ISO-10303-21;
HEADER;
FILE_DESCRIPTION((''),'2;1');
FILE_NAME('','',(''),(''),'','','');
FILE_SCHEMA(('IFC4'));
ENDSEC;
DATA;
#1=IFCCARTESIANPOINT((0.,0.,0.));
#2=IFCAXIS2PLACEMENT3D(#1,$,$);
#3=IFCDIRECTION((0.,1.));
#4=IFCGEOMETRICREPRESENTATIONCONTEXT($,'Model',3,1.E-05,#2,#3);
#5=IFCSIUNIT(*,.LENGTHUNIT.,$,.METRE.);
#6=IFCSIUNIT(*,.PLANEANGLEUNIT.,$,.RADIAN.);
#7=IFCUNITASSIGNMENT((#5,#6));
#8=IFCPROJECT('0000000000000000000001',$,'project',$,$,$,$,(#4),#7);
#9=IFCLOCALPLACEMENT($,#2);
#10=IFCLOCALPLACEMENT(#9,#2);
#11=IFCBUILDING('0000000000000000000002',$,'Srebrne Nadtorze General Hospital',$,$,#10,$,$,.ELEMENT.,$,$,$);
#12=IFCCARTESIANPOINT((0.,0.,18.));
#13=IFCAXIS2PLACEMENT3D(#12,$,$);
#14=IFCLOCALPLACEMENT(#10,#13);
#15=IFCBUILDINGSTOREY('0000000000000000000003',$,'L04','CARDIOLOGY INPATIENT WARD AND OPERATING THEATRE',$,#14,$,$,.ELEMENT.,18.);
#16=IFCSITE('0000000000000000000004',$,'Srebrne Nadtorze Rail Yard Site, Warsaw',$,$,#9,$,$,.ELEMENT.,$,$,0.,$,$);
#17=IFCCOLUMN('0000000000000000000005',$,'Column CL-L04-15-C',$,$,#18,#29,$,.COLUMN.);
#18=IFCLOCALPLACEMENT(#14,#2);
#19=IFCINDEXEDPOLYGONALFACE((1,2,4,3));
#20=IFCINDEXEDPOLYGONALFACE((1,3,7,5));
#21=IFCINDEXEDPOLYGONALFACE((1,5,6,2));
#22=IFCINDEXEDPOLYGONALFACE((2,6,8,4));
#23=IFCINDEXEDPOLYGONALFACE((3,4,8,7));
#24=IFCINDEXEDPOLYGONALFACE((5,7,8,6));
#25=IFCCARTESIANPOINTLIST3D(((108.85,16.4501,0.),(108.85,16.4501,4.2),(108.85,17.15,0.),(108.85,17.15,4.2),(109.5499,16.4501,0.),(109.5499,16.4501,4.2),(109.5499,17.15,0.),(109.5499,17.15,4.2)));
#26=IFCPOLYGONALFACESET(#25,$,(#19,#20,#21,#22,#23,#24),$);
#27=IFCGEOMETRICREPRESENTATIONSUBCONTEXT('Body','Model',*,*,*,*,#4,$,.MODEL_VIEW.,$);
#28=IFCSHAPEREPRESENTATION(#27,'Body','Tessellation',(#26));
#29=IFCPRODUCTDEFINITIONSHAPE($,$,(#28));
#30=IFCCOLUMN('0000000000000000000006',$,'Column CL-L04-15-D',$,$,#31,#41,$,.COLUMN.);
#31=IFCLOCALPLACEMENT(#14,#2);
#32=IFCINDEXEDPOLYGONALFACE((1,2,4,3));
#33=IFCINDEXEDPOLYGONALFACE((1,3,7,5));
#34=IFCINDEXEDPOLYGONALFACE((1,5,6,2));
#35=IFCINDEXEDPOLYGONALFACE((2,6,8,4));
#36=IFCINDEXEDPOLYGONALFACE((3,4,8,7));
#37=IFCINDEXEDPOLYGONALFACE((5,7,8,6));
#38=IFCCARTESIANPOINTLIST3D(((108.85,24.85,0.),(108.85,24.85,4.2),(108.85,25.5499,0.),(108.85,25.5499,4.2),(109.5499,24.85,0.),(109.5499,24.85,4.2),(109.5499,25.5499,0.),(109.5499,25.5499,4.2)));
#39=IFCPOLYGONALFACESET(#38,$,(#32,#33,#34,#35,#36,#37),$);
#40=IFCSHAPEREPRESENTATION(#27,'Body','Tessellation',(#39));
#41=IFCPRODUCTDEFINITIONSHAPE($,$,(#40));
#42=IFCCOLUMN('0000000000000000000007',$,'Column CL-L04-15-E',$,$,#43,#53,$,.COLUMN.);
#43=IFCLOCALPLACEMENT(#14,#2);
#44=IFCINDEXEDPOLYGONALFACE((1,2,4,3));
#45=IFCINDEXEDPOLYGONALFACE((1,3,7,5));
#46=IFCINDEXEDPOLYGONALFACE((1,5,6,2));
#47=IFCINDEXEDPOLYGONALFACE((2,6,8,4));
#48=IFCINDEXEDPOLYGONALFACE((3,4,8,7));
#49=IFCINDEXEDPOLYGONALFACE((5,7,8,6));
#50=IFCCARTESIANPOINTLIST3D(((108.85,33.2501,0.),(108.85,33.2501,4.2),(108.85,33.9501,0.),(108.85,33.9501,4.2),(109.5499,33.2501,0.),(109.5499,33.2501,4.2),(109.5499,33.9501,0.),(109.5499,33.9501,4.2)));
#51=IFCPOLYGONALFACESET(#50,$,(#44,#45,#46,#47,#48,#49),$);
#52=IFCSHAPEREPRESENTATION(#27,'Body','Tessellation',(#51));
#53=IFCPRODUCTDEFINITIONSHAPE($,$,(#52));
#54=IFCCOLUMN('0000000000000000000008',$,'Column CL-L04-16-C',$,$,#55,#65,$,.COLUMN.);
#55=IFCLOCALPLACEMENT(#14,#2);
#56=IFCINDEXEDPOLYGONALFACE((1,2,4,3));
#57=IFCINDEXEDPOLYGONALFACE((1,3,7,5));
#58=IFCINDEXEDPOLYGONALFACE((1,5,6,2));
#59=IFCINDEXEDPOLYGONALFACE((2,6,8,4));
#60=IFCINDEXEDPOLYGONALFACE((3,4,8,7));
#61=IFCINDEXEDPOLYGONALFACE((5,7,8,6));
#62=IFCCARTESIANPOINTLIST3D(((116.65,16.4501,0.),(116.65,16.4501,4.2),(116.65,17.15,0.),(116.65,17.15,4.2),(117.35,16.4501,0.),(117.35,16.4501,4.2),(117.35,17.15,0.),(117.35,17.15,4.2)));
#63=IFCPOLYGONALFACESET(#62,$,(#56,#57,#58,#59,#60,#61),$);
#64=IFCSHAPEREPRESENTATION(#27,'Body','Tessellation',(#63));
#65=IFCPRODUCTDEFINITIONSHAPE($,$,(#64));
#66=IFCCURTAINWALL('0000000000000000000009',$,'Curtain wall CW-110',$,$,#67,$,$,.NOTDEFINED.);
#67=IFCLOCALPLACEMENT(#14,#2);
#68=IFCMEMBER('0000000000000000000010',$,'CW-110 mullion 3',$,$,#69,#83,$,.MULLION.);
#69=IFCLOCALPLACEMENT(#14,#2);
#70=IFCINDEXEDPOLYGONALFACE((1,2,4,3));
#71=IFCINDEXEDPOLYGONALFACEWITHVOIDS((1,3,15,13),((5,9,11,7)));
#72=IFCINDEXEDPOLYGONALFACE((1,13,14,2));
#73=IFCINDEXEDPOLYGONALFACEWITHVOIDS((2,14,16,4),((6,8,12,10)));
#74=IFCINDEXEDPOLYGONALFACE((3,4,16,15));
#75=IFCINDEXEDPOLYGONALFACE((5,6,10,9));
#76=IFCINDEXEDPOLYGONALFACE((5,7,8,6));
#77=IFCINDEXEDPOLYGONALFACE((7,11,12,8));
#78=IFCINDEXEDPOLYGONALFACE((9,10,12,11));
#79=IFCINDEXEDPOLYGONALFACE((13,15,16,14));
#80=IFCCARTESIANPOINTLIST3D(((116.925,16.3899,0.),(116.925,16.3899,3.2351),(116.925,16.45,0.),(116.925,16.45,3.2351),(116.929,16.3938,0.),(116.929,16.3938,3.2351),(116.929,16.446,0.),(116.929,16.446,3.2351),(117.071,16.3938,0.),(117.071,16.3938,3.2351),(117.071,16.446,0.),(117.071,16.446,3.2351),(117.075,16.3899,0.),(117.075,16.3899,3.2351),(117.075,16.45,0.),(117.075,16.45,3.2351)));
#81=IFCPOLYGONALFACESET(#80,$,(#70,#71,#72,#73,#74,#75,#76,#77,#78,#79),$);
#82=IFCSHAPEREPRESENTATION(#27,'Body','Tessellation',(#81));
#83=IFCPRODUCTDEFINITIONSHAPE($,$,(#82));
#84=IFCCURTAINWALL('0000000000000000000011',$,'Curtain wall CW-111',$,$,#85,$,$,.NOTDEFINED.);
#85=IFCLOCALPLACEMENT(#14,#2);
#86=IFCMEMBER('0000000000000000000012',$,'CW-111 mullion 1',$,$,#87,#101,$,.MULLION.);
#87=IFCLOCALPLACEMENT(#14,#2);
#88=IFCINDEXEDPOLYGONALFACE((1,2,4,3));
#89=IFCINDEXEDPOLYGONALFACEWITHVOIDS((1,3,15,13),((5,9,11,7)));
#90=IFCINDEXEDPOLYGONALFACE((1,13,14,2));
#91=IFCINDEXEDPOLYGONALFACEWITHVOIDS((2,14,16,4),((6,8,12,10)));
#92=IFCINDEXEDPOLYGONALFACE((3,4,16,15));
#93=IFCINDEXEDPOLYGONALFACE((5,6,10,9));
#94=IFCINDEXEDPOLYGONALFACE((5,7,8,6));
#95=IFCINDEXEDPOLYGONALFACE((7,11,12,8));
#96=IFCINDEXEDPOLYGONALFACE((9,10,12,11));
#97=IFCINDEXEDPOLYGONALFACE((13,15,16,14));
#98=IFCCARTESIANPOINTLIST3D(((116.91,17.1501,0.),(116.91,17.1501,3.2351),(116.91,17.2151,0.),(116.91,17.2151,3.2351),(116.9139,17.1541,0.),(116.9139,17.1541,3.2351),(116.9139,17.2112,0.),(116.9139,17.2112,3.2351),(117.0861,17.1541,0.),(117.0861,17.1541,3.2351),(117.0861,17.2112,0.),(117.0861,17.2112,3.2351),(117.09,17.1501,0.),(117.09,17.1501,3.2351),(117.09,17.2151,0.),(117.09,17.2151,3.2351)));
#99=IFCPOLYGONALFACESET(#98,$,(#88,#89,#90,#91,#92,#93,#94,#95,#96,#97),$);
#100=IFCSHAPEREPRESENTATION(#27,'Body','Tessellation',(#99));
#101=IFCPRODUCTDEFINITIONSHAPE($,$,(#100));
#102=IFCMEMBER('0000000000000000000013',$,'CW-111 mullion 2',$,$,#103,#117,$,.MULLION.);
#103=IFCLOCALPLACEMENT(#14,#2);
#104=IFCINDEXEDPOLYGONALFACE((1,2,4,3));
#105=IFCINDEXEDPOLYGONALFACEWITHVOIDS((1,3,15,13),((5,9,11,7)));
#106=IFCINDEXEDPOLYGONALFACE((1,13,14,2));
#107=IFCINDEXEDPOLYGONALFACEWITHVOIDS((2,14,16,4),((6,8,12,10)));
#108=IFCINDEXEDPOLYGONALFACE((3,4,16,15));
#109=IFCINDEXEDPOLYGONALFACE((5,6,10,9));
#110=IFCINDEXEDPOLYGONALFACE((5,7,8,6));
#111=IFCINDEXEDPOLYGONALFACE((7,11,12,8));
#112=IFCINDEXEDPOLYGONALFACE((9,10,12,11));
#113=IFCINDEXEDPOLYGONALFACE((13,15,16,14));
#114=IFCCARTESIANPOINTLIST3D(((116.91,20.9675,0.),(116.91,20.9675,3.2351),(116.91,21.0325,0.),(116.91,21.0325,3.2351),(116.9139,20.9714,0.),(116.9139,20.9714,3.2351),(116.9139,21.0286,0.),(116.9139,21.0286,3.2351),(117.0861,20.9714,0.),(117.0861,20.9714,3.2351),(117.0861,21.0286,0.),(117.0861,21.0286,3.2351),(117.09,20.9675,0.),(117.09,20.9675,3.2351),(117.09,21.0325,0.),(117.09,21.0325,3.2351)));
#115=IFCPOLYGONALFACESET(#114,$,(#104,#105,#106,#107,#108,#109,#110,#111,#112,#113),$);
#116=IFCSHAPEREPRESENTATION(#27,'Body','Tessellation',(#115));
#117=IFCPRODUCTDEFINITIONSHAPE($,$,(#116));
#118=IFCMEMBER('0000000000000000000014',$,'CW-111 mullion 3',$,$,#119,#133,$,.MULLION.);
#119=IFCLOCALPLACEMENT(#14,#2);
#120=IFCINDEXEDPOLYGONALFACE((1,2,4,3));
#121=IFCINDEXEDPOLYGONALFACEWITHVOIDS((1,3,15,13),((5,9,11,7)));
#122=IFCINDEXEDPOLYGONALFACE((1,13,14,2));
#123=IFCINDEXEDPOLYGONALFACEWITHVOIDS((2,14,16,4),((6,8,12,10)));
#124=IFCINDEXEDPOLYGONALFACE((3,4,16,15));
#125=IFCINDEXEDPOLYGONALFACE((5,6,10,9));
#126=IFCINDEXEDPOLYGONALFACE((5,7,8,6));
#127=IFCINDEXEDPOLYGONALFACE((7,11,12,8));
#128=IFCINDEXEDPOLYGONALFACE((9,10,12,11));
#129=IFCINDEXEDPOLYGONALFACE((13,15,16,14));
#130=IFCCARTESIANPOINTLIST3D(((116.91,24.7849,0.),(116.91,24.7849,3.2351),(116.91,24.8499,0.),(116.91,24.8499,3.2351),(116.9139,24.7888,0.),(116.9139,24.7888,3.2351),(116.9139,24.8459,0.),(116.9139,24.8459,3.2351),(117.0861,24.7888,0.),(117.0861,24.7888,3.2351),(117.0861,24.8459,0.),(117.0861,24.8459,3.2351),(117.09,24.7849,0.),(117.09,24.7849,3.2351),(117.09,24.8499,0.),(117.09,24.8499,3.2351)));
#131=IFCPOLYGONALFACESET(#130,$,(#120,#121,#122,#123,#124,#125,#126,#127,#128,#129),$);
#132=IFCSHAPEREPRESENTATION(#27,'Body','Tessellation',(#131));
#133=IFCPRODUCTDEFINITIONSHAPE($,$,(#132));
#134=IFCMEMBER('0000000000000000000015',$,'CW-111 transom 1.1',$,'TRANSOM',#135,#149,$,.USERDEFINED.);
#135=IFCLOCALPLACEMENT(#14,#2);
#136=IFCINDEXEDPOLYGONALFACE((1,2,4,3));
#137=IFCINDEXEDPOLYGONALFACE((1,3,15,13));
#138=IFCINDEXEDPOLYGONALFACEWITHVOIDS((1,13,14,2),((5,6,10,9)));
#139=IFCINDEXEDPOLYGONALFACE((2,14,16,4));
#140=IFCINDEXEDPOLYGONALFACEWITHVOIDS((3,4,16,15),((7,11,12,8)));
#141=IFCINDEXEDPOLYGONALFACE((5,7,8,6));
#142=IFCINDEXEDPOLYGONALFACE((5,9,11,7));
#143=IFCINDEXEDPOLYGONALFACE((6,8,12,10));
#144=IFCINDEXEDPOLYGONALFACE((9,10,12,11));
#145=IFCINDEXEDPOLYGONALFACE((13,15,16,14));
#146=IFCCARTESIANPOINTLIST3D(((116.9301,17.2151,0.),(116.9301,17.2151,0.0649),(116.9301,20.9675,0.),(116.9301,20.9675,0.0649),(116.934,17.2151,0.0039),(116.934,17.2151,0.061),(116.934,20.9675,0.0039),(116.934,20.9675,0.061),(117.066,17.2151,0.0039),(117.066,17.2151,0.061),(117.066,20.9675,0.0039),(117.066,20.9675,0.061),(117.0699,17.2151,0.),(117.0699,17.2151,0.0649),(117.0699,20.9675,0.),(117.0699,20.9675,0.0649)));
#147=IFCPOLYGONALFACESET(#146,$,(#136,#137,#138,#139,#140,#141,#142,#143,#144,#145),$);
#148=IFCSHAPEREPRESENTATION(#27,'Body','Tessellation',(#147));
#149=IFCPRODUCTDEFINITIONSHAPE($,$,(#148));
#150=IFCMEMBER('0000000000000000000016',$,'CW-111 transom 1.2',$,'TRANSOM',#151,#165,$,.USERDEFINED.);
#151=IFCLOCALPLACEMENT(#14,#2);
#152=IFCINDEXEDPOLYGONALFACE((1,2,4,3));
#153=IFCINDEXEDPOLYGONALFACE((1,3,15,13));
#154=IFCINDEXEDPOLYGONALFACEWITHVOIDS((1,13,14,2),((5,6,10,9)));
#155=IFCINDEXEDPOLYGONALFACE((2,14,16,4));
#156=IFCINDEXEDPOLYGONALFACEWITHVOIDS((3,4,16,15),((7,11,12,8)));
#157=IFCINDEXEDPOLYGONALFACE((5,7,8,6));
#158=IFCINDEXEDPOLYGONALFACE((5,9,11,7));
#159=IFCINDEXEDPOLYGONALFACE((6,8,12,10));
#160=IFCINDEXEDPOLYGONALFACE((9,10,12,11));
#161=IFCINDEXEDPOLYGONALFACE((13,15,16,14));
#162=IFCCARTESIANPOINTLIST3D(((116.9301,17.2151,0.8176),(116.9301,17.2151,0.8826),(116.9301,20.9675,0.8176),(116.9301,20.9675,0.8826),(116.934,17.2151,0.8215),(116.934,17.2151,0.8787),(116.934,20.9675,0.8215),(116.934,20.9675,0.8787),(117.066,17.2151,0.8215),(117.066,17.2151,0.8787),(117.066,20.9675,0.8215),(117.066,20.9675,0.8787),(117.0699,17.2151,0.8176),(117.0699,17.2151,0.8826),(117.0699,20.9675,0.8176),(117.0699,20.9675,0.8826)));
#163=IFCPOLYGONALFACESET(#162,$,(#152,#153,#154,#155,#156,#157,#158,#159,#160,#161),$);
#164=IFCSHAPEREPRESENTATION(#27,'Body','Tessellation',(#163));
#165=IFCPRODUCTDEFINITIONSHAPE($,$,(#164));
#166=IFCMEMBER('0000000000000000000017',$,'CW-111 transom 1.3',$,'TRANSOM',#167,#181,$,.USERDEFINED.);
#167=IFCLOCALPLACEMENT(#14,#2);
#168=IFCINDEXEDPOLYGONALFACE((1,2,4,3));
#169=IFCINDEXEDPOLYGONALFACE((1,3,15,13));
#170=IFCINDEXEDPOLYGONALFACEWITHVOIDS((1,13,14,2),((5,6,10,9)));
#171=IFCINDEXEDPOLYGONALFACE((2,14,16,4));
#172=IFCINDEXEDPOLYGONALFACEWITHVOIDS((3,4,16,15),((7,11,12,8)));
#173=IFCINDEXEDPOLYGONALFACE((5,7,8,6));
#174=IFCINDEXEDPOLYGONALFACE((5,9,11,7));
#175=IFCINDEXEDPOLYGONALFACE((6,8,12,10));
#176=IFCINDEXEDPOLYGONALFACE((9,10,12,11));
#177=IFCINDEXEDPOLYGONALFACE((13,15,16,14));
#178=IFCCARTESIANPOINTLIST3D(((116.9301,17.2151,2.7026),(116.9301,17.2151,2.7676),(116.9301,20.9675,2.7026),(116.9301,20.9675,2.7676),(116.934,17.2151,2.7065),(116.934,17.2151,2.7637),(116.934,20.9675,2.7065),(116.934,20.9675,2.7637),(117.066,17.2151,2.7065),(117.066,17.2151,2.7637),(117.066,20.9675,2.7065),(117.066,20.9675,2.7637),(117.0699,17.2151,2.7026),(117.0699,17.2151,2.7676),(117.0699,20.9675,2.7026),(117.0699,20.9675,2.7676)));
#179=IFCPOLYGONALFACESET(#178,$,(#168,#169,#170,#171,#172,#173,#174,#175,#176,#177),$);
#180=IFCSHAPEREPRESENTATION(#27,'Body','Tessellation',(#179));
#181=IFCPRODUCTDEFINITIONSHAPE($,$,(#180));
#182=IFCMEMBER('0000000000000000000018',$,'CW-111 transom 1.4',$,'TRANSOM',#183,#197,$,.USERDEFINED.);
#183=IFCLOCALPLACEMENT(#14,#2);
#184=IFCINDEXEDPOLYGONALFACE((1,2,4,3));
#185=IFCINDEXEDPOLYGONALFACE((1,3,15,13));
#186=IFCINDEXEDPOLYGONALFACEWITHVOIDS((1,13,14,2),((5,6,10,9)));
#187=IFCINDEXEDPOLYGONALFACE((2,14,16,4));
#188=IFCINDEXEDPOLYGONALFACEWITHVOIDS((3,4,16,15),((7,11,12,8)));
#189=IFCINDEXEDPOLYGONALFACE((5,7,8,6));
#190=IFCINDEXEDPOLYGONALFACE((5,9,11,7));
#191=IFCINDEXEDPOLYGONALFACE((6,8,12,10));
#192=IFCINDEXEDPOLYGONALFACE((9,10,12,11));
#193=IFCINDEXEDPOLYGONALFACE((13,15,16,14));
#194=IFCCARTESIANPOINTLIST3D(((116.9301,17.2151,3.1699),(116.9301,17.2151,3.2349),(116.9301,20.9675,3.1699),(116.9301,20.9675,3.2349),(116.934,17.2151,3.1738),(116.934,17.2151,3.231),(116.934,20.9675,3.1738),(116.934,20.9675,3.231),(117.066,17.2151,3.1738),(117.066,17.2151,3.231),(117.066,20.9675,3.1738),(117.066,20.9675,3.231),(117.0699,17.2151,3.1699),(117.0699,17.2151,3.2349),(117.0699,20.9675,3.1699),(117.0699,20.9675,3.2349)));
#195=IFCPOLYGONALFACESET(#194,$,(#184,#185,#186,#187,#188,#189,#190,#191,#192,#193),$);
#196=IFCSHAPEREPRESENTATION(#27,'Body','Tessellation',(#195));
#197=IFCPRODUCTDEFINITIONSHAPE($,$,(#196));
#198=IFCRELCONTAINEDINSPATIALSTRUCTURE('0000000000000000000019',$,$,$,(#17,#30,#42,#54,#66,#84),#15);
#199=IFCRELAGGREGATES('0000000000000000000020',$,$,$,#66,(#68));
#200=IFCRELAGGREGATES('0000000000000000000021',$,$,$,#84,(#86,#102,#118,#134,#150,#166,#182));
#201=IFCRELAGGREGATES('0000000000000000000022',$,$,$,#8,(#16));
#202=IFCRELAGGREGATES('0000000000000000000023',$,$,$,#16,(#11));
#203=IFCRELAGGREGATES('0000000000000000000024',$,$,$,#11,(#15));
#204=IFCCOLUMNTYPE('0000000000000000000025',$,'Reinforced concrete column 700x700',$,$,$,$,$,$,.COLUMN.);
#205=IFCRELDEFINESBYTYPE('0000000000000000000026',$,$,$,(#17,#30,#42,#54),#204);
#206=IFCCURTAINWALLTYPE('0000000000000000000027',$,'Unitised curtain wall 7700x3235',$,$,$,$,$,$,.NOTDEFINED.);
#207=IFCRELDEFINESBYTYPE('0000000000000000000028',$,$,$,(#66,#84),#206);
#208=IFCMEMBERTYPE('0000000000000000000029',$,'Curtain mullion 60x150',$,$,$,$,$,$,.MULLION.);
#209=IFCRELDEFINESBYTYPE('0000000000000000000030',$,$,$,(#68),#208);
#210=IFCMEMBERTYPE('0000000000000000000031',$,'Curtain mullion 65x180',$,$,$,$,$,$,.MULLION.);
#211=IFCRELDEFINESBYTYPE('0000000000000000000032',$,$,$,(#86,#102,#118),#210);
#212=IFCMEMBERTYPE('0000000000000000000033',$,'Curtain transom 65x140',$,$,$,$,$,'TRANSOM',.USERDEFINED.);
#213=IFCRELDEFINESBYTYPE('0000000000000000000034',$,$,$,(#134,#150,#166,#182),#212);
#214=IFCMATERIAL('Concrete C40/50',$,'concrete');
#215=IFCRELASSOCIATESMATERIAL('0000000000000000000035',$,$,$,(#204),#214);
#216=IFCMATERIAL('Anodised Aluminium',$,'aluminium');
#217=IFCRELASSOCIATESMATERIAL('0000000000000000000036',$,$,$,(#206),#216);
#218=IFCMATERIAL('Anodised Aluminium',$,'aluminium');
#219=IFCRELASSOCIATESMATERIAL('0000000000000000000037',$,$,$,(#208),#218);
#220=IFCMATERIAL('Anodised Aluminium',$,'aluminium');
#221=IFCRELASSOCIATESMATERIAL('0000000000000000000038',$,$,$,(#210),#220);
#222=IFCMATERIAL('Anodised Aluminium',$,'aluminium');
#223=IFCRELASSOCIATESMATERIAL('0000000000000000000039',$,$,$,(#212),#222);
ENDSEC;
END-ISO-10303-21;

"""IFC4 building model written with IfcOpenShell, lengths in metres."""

from ifc_helpers import new_model, si_unit, direction, frame, origin, origin_2d, place, context, subcontext, project, spatial, rectangle, hollow_rectangle, extrude, material, material_profile, profile_set, type_object, element, aggregate, save


model = new_model("IFC4")

# Units and contexts
model_context = context("Model", 3, precision=1e-05, world=origin(), true_north=direction((0.0, 1.0)))
body_context = subcontext(model_context, "Body", "Model", "MODEL_VIEW")
ifc_project = project(units=[si_unit("LENGTHUNIT", "METRE"), si_unit("PLANEANGLEUNIT", "RADIAN")], contexts=[model_context])

# Site, building, storey
site_placement = place(None, origin())
site = spatial("IfcSite", under=ifc_project, at=site_placement, Name="Srebrne Nadtorze Rail Yard Site, Warsaw", CompositionType="ELEMENT", RefElevation=0.0)
building_placement = place(site_placement, origin())
building = spatial("IfcBuilding", under=site, at=building_placement, Name="Srebrne Nadtorze General Hospital", CompositionType="ELEMENT")
storey_placement = place(building_placement, frame((0.0, 0.0, 18.0)))
storey = spatial("IfcBuildingStorey", under=building, at=storey_placement, Name="L04", Description="CARDIOLOGY INPATIENT WARD AND OPERATING THEATRE", CompositionType="ELEMENT", Elevation=18.0)

# Columns
ifc_material_1 = material(Name="Concrete C40/50", Category="concrete")
ifc_material_profile_1 = material_profile(ifc_material_1, rectangle(XDim=0.7, YDim=0.7, at=origin_2d()), Name="RC-COL-700x700")
ifc_profile_set_1 = profile_set([ifc_material_profile_1], Name="Concrete C40/50")
column_type = type_object("IfcColumnType", Name="Reinforced concrete column 700x700", PredefinedType="COLUMN", material=ifc_profile_set_1)
for number, where, z_axis, x_axis, name in (
    (1, (109.2, 16.8, 0.0), (0.0, 0.0, 1.0), (1.0, 0.0, 0.0), "Column CL-L04-15-C"),
    (2, (109.2, 25.2, 0.0), (0.0, 0.0, 1.0), (1.0, 0.0, 0.0), "Column CL-L04-15-D"),
    (3, (109.2, 33.6001, 0.0), (0.0, 0.0, 1.0), (1.0, 0.0, 0.0), "Column CL-L04-15-E"),
    (4, (117.0, 16.8, 0.0), (0.0, 0.0, 1.0), (1.0, 0.0, 0.0), "Column CL-L04-16-C"),
):
    element("IfcColumn", number, at=place(storey_placement, frame(where, z_axis=z_axis, x_axis=x_axis)), inside=storey, type_object=column_type, Name=name, PredefinedType="COLUMN", context=body_context, shape_type="SweptSolid", body=[
        extrude(rectangle(XDim=0.7, YDim=0.7, at=origin_2d()), origin(), (0.0, 0.0, 1.0), 4.2),
    ])

# Curtain wall, member
ifc_material_2 = material(Name="Anodised Aluminium", Category="aluminium")
curtain_wall_type = type_object("IfcCurtainWallType", Name="Unitised curtain wall 7700x3235", PredefinedType="NOTDEFINED", material=ifc_material_2)
curtain_wall_1_placement = place(storey_placement, origin())
curtain_wall_1 = element("IfcCurtainWall", 5, at=curtain_wall_1_placement, inside=storey, type_object=curtain_wall_type, Name="Curtain wall CW-110", PredefinedType="NOTDEFINED")
ifc_material_3 = material(Name="Anodised Aluminium", Category="aluminium")
ifc_material_profile_2 = material_profile(ifc_material_3, hollow_rectangle(XDim=0.0601, YDim=0.1499, WallThickness=0.0039, at=origin_2d()), Name="AL-MUL-60x150")
ifc_profile_set_2 = profile_set([ifc_material_profile_2], Name="Anodised Aluminium")
member_type_1 = type_object("IfcMemberType", Name="Curtain mullion 60x150", PredefinedType="MULLION", material=ifc_profile_set_2)
member_1_placement = place(storey_placement, frame((117.0, 16.4199, 0.0), z_axis=(0.0, 0.0, 1.0), x_axis=(0.0, 1.0, 0.0)))
member_1 = element("IfcMember", 6, at=member_1_placement, type_object=member_type_1, Name="CW-110 mullion 3", PredefinedType="MULLION", context=body_context, shape_type="SweptSolid", body=[
    extrude(hollow_rectangle(XDim=0.0601, YDim=0.1499, WallThickness=0.0039, at=origin_2d()), origin(), (0.0, 0.0, 1.0), 3.2351),
])

# Curtain wall, members
curtain_wall_2_placement = place(storey_placement, origin())
curtain_wall_2 = element("IfcCurtainWall", 7, at=curtain_wall_2_placement, inside=storey, type_object=curtain_wall_type, Name="Curtain wall CW-111", PredefinedType="NOTDEFINED")
ifc_material_4 = material(Name="Anodised Aluminium", Category="aluminium")
ifc_material_profile_3 = material_profile(ifc_material_4, hollow_rectangle(XDim=0.0649, YDim=0.1799, WallThickness=0.0039, at=origin_2d()), Name="AL-MUL-65x180")
ifc_profile_set_3 = profile_set([ifc_material_profile_3], Name="Anodised Aluminium")
member_type_2 = type_object("IfcMemberType", Name="Curtain mullion 65x180", PredefinedType="MULLION", material=ifc_profile_set_3)
member_2_placement = place(storey_placement, frame((117.0, 17.1826, 0.0), z_axis=(0.0, 0.0, 1.0), x_axis=(0.0, 1.0, 0.0)))
member_2 = element("IfcMember", 8, at=member_2_placement, type_object=member_type_2, Name="CW-111 mullion 1", PredefinedType="MULLION", context=body_context, shape_type="SweptSolid", body=[
    extrude(hollow_rectangle(XDim=0.0649, YDim=0.1799, WallThickness=0.0039, at=origin_2d()), origin(), (0.0, 0.0, 1.0), 3.2351),
])
member_3_placement = place(storey_placement, frame((117.0, 21.0, 0.0), z_axis=(0.0, 0.0, 1.0), x_axis=(0.0, 1.0, 0.0)))
member_3 = element("IfcMember", 9, at=member_3_placement, type_object=member_type_2, Name="CW-111 mullion 2", PredefinedType="MULLION", context=body_context, shape_type="SweptSolid", body=[
    extrude(hollow_rectangle(XDim=0.0649, YDim=0.1799, WallThickness=0.0039, at=origin_2d()), origin(), (0.0, 0.0, 1.0), 3.2351),
])
member_4_placement = place(storey_placement, frame((117.0, 24.8174, 0.0), z_axis=(0.0, 0.0, 1.0), x_axis=(0.0, 1.0, 0.0)))
member_4 = element("IfcMember", 10, at=member_4_placement, type_object=member_type_2, Name="CW-111 mullion 3", PredefinedType="MULLION", context=body_context, shape_type="SweptSolid", body=[
    extrude(hollow_rectangle(XDim=0.0649, YDim=0.1799, WallThickness=0.0039, at=origin_2d()), origin(), (0.0, 0.0, 1.0), 3.2351),
])
ifc_material_5 = material(Name="Anodised Aluminium", Category="aluminium")
ifc_material_profile_4 = material_profile(ifc_material_5, hollow_rectangle(XDim=0.0649, YDim=0.1399, WallThickness=0.0039, at=origin_2d()), Name="AL-TRN-65x140")
ifc_profile_set_4 = profile_set([ifc_material_profile_4], Name="Anodised Aluminium")
member_type_3 = type_object("IfcMemberType", Name="Curtain transom 65x140", ElementType="TRANSOM", PredefinedType="USERDEFINED", material=ifc_profile_set_4)
member_5_placement = place(storey_placement, frame((117.0, 17.2151, 0.0325), z_axis=(0.0, 1.0, 0.0), x_axis=(0.0, 0.0, 1.0)))
member_5 = element("IfcMember", 11, at=member_5_placement, type_object=member_type_3, Name="CW-111 transom 1.1", ObjectType="TRANSOM", PredefinedType="USERDEFINED", context=body_context, shape_type="SweptSolid", body=[
    extrude(hollow_rectangle(XDim=0.0649, YDim=0.1399, WallThickness=0.0039, at=origin_2d()), origin(), (0.0, 0.0, 1.0), 3.7524),
])
member_6_placement = place(storey_placement, frame((117.0, 17.2151, 0.8501), z_axis=(0.0, 1.0, 0.0), x_axis=(0.0, 0.0, 1.0)))
member_6 = element("IfcMember", 12, at=member_6_placement, type_object=member_type_3, Name="CW-111 transom 1.2", ObjectType="TRANSOM", PredefinedType="USERDEFINED", context=body_context, shape_type="SweptSolid", body=[
    extrude(hollow_rectangle(XDim=0.0649, YDim=0.1399, WallThickness=0.0039, at=origin_2d()), origin(), (0.0, 0.0, 1.0), 3.7524),
])
member_7_placement = place(storey_placement, frame((117.0, 17.2151, 2.7351), z_axis=(0.0, 1.0, 0.0), x_axis=(0.0, 0.0, 1.0)))
member_7 = element("IfcMember", 13, at=member_7_placement, type_object=member_type_3, Name="CW-111 transom 1.3", ObjectType="TRANSOM", PredefinedType="USERDEFINED", context=body_context, shape_type="SweptSolid", body=[
    extrude(hollow_rectangle(XDim=0.0649, YDim=0.1399, WallThickness=0.0039, at=origin_2d()), origin(), (0.0, 0.0, 1.0), 3.7524),
])
member_8_placement = place(storey_placement, frame((117.0, 17.2151, 3.2024), z_axis=(0.0, 1.0, 0.0), x_axis=(0.0, 0.0, 1.0)))
member_8 = element("IfcMember", 14, at=member_8_placement, type_object=member_type_3, Name="CW-111 transom 1.4", ObjectType="TRANSOM", PredefinedType="USERDEFINED", context=body_context, shape_type="SweptSolid", body=[
    extrude(hollow_rectangle(XDim=0.0649, YDim=0.1399, WallThickness=0.0039, at=origin_2d()), origin(), (0.0, 0.0, 1.0), 3.7524),
])

aggregate(curtain_wall_1, [member_1])
aggregate(curtain_wall_2, [member_2, member_3, member_4, member_5, member_6, member_7, member_8])

save(model, "model.ifc")
